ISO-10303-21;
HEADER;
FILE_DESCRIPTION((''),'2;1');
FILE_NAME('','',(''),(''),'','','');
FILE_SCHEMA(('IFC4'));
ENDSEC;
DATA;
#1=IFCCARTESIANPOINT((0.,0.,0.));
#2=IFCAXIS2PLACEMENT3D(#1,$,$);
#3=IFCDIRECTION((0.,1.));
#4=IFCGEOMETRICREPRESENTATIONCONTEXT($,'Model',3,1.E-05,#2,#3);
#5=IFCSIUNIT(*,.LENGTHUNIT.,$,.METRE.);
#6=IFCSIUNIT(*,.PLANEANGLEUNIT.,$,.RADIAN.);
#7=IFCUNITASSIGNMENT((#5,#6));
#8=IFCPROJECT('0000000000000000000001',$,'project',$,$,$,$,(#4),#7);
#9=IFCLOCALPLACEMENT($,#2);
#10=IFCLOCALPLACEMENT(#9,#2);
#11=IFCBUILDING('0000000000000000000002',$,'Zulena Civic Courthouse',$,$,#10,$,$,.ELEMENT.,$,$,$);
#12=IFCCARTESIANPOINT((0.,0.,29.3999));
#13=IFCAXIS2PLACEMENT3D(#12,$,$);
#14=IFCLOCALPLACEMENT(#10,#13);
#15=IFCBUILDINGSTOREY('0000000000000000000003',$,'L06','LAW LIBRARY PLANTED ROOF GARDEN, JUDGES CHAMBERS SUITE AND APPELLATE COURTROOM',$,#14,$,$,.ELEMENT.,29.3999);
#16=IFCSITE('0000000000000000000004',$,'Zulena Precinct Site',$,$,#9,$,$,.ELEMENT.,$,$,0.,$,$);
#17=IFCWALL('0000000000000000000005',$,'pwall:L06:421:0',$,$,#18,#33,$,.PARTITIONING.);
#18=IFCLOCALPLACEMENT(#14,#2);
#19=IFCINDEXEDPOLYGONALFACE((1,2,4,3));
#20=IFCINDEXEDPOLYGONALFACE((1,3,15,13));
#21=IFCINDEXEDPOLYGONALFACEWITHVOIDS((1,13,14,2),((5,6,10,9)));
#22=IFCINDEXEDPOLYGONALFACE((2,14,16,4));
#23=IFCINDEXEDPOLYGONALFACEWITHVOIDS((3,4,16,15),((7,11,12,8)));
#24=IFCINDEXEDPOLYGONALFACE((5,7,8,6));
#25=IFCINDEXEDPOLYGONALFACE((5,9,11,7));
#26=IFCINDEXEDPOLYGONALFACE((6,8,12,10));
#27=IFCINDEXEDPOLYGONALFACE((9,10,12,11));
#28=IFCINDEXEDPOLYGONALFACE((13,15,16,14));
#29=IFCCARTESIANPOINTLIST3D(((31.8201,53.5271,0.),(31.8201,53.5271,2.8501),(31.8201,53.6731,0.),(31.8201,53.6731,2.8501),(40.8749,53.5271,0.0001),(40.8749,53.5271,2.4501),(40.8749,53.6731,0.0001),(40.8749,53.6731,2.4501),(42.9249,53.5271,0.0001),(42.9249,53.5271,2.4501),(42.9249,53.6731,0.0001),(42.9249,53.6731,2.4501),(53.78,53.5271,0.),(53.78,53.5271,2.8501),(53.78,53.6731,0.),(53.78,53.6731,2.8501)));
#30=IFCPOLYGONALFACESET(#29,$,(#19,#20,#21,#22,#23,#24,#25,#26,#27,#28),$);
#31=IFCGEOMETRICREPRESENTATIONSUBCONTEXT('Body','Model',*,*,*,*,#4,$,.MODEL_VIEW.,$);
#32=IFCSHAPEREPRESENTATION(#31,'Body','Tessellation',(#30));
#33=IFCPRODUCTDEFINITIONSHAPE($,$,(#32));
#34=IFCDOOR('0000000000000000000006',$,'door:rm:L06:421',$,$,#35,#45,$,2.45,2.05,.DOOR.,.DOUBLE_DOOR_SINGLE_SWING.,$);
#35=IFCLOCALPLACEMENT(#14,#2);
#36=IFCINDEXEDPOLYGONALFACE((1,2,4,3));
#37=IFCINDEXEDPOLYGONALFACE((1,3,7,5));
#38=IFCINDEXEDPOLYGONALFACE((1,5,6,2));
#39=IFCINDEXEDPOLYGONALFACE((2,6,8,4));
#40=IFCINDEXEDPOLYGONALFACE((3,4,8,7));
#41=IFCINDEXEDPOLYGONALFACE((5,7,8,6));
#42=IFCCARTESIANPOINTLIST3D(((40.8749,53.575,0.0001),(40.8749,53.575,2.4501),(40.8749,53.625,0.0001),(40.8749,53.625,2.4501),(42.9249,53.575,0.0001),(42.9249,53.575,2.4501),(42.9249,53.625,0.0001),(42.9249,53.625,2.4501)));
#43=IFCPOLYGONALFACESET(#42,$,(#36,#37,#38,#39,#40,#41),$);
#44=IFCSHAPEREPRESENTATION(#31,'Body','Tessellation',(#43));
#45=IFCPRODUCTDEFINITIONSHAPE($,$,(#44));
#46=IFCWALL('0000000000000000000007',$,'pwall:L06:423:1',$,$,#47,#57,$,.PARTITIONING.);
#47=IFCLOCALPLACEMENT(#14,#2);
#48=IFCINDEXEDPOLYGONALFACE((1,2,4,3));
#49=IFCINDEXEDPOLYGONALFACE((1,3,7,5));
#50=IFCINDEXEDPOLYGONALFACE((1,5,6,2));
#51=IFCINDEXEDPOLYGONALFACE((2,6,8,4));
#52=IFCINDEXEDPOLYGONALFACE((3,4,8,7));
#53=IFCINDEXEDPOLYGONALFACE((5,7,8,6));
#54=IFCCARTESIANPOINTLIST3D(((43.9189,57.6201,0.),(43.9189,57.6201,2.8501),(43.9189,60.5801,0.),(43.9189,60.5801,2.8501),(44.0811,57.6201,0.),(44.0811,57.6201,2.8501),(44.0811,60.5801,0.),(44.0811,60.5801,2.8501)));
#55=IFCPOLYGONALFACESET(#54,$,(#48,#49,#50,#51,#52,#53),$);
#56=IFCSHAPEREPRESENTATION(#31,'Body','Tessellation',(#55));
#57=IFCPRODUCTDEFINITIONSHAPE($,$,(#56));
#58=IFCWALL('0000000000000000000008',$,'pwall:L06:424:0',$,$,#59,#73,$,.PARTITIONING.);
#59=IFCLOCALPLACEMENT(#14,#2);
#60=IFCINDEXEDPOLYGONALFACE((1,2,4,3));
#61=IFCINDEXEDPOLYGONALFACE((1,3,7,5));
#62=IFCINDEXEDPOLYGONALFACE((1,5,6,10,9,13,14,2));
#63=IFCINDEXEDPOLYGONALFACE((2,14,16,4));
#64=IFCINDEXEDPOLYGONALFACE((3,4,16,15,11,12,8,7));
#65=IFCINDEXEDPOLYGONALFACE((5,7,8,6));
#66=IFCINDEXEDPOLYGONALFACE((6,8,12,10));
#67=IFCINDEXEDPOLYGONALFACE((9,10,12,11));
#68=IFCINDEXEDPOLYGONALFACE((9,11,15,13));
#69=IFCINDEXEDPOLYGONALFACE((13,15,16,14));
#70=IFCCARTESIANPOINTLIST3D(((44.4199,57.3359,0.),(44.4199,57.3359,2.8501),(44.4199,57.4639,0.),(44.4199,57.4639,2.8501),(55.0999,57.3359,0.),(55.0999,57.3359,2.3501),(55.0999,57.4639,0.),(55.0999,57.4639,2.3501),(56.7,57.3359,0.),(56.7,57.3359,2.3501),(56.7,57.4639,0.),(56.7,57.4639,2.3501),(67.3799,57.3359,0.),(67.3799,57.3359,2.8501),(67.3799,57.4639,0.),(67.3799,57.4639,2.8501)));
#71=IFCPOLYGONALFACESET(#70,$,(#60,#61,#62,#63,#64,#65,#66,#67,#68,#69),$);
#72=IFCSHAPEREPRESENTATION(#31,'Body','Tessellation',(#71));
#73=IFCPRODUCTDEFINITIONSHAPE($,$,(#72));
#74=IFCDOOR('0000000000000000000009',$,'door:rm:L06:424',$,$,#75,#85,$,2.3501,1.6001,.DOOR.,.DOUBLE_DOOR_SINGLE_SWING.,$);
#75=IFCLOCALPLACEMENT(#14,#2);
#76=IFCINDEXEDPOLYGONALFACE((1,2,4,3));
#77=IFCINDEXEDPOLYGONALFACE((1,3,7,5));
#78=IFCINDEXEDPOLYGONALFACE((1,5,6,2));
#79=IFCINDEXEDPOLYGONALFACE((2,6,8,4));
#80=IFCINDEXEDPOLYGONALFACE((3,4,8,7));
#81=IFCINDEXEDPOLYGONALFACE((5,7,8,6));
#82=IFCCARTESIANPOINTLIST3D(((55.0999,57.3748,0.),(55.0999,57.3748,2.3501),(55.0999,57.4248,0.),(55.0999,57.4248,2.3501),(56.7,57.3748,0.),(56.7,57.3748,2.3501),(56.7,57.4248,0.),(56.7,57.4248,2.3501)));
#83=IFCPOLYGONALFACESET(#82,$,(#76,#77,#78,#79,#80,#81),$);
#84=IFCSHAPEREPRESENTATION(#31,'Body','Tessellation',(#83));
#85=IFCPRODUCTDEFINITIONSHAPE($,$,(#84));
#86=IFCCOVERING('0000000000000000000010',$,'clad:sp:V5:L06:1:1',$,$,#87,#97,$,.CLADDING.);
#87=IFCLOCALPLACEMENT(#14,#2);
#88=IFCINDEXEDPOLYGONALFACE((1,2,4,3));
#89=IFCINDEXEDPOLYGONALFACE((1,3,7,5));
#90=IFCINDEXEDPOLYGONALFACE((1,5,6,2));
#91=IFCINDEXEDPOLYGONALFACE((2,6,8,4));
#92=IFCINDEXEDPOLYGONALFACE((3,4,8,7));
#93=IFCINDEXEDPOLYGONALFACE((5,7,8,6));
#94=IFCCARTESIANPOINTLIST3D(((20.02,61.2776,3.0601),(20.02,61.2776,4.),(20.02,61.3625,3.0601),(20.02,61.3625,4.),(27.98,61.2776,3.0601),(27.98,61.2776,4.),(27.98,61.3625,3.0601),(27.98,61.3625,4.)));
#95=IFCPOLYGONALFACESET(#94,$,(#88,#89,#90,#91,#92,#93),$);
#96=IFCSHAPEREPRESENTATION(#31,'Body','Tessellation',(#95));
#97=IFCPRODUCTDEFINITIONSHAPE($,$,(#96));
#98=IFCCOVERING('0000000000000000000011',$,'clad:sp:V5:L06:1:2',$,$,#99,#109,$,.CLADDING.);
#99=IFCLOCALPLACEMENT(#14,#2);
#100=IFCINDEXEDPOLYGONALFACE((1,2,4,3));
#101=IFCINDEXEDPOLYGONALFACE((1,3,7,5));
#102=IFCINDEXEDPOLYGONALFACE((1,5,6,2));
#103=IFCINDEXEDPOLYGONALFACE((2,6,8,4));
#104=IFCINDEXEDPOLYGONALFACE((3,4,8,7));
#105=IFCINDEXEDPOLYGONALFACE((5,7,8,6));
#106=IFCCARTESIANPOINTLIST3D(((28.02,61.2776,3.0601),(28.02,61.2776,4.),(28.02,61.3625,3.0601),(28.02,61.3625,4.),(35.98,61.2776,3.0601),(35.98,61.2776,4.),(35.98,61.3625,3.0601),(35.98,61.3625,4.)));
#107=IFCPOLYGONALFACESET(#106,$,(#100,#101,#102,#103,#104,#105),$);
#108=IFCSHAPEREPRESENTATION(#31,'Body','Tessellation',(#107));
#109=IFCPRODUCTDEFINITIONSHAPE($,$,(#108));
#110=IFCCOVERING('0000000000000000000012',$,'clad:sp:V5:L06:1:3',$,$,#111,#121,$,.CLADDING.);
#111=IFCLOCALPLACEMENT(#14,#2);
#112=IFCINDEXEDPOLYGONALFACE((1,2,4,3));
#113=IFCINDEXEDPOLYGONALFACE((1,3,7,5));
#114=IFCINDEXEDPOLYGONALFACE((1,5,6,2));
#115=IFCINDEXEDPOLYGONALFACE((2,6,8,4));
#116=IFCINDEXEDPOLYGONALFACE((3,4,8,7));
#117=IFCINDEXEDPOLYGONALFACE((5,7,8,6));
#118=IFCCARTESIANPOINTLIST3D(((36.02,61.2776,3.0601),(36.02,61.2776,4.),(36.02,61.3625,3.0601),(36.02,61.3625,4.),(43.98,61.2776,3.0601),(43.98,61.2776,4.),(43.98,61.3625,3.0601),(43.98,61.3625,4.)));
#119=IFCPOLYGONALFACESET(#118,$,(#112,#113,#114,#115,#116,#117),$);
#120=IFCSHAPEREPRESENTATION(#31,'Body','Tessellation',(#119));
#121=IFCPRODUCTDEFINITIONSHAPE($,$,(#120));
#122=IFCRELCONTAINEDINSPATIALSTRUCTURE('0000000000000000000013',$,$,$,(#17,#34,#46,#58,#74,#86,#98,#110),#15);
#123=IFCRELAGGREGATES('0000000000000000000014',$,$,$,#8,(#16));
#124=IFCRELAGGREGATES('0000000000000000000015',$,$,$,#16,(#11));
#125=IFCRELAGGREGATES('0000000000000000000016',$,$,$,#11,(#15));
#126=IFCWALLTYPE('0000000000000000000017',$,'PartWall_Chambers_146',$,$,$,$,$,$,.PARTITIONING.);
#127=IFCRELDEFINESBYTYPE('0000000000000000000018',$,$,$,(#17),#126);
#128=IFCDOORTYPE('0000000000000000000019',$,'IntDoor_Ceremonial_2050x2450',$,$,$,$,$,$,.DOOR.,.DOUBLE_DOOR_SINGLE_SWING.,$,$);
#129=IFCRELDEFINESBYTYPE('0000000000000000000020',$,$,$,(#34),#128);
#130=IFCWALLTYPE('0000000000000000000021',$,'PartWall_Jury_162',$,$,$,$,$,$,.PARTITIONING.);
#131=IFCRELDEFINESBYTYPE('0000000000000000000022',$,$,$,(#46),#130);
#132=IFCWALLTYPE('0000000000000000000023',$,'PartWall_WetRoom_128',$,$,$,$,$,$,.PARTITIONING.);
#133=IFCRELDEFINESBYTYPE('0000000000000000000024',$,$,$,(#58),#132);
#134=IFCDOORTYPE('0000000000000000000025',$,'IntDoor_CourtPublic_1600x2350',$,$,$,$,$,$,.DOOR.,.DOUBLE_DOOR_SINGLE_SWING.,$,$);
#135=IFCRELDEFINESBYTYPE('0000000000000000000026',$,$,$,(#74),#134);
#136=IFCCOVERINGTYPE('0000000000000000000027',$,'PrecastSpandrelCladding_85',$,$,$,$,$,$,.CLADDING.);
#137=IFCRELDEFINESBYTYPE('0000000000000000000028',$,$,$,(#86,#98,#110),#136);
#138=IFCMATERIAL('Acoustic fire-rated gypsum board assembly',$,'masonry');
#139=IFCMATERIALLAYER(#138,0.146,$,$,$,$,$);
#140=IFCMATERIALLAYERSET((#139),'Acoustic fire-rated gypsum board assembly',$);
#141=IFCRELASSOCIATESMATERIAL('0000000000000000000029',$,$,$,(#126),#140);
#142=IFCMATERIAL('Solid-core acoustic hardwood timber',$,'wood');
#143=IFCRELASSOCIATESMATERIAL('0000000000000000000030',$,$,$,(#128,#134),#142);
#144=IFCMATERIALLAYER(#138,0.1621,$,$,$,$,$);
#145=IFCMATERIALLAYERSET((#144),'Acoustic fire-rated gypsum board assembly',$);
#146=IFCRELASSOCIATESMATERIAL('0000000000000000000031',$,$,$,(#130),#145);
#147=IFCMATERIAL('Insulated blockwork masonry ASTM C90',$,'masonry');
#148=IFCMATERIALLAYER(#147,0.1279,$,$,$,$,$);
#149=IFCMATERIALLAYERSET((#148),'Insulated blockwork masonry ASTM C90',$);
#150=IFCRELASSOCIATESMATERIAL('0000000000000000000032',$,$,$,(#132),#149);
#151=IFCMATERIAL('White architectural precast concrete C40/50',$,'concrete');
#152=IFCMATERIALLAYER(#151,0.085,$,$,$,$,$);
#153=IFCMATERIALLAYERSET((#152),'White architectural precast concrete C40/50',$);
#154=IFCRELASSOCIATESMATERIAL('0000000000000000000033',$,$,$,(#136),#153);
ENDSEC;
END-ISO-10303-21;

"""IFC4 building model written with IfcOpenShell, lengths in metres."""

from ifc_helpers import new_model, si_unit, direction, frame, frame_2d, origin, origin_2d, place, context, subcontext, project, spatial, rectangle, extrude, material, layer, layer_set, type_object, element, fill, save


model = new_model("IFC4")

# Units and contexts
model_context = context("Model", 3, precision=1e-05, world=origin(), true_north=direction((0.0, 1.0)))
body_context = subcontext(model_context, "Body", "Model", "MODEL_VIEW")
ifc_project = project(units=[si_unit("LENGTHUNIT", "METRE"), si_unit("PLANEANGLEUNIT", "RADIAN")], contexts=[model_context])

# Site, building, storey
site_placement = place(None, origin())
site = spatial("IfcSite", under=ifc_project, at=site_placement, Name="Zulena Precinct Site", CompositionType="ELEMENT", RefElevation=0.0)
building_placement = place(site_placement, origin())
building = spatial("IfcBuilding", under=site, at=building_placement, Name="Zulena Civic Courthouse", CompositionType="ELEMENT")
storey_placement = place(building_placement, frame((0.0, 0.0, 29.3999)))
storey = spatial("IfcBuildingStorey", under=building, at=storey_placement, Name="L06", Description="LAW LIBRARY PLANTED ROOF GARDEN, JUDGES CHAMBERS SUITE AND APPELLATE COURTROOM", CompositionType="ELEMENT", Elevation=29.3999)

# Wall, opening, door
ifc_material_1 = material(Name="Acoustic fire-rated gypsum board assembly", Category="masonry")
ifc_layer_1 = layer(ifc_material_1, 0.146)
ifc_layer_set_1 = layer_set([ifc_layer_1], Name="Acoustic fire-rated gypsum board assembly")
wall_type_1 = type_object("IfcWallType", Name="PartWall_Chambers_146", PredefinedType="PARTITIONING", material=ifc_layer_set_1)
wall_1_placement = place(storey_placement, frame((31.8201, 53.6001, 0.0), z_axis=(0.0, 0.0, 1.0), x_axis=(1.0, 0.0, 0.0)))
wall_1 = element("IfcWall", 1, at=wall_1_placement, inside=storey, type_object=wall_type_1, Name="pwall:L06:421:0", PredefinedType="PARTITIONING", context=body_context, shape_type="SweptSolid", body=[
    extrude(rectangle(XDim=21.96, YDim=0.146, at=frame_2d((10.98, 0.0))), origin(), (0.0, 0.0, 1.0), 2.8501),
])
opening_1_placement = place(wall_1_placement, frame((9.0549, 0.0, 0.0)))
opening_1 = element("IfcOpeningElement", 2, at=opening_1_placement, cuts=wall_1, PredefinedType="OPENING", context=body_context, shape_type="SweptSolid", body=[
    extrude(rectangle(XDim=2.05, YDim=2.45, at=frame_2d((1.0249, 1.2251))), frame((0.0, 0.083, 0.0), z_axis=(0.0, -1.0, 0.0), x_axis=(1.0, 0.0, 0.0)), (0.0, 0.0, 1.0), 0.166),
])
ifc_material_2 = material(Name="Solid-core acoustic hardwood timber", Category="wood")
door_type_1 = type_object("IfcDoorType", Name="IntDoor_Ceremonial_2050x2450", OperationType="DOUBLE_DOOR_SINGLE_SWING", PredefinedType="DOOR", material=ifc_material_2)
door_1_placement = place(opening_1_placement, origin())
door_1 = element("IfcDoor", 3, at=door_1_placement, inside=storey, type_object=door_type_1, Name="door:rm:L06:421", OperationType="DOUBLE_DOOR_SINGLE_SWING", OverallHeight=2.45, OverallWidth=2.05, PredefinedType="DOOR", context=body_context, shape_type="SweptSolid", body=[
    extrude(rectangle(XDim=2.05, YDim=2.45, at=frame_2d((1.0249, 1.2251))), frame((0.0, 0.0249, 0.0), z_axis=(0.0, -1.0, 0.0), x_axis=(1.0, 0.0, 0.0)), (0.0, 0.0, 1.0), 0.05),
])
fill(opening_1, door_1)

# Wall
ifc_layer_2 = layer(ifc_material_1, 0.1621)
ifc_layer_set_2 = layer_set([ifc_layer_2], Name="Acoustic fire-rated gypsum board assembly")
wall_type_2 = type_object("IfcWallType", Name="PartWall_Jury_162", PredefinedType="PARTITIONING", material=ifc_layer_set_2)
wall_2_placement = place(storey_placement, frame((44.0, 57.6201, 0.0), z_axis=(0.0, 0.0, 1.0), x_axis=(0.0, 1.0, 0.0)))
element("IfcWall", 4, at=wall_2_placement, inside=storey, type_object=wall_type_2, Name="pwall:L06:423:1", PredefinedType="PARTITIONING", context=body_context, shape_type="SweptSolid", body=[
    extrude(rectangle(XDim=2.96, YDim=0.1621, at=frame_2d((1.48, 0.0))), origin(), (0.0, 0.0, 1.0), 2.8501),
])

# Wall, opening, door
ifc_material_3 = material(Name="Insulated blockwork masonry ASTM C90", Category="masonry")
ifc_layer_3 = layer(ifc_material_3, 0.1279)
ifc_layer_set_3 = layer_set([ifc_layer_3], Name="Insulated blockwork masonry ASTM C90")
wall_type_3 = type_object("IfcWallType", Name="PartWall_WetRoom_128", PredefinedType="PARTITIONING", material=ifc_layer_set_3)
wall_3_placement = place(storey_placement, frame((44.4199, 57.3999, 0.0), z_axis=(0.0, 0.0, 1.0), x_axis=(1.0, 0.0, 0.0)))
wall_3 = element("IfcWall", 5, at=wall_3_placement, inside=storey, type_object=wall_type_3, Name="pwall:L06:424:0", PredefinedType="PARTITIONING", context=body_context, shape_type="SweptSolid", body=[
    extrude(rectangle(XDim=22.96, YDim=0.1279, at=frame_2d((11.48, 0.0))), origin(), (0.0, 0.0, 1.0), 2.8501),
])
opening_2_placement = place(wall_3_placement, frame((10.6799, 0.0, 0.0)))
opening_2 = element("IfcOpeningElement", 6, at=opening_2_placement, cuts=wall_3, PredefinedType="OPENING", context=body_context, shape_type="SweptSolid", body=[
    extrude(rectangle(XDim=1.6001, YDim=2.3501, at=frame_2d((0.8, 1.175))), frame((0.0, 0.074, 0.0), z_axis=(0.0, -1.0, 0.0), x_axis=(1.0, 0.0, 0.0)), (0.0, 0.0, 1.0), 0.1479),
])
door_type_2 = type_object("IfcDoorType", Name="IntDoor_CourtPublic_1600x2350", OperationType="DOUBLE_DOOR_SINGLE_SWING", PredefinedType="DOOR", material=ifc_material_2)
door_2_placement = place(opening_2_placement, origin())
door_2 = element("IfcDoor", 7, at=door_2_placement, inside=storey, type_object=door_type_2, Name="door:rm:L06:424", OperationType="DOUBLE_DOOR_SINGLE_SWING", OverallHeight=2.3501, OverallWidth=1.6001, PredefinedType="DOOR", context=body_context, shape_type="SweptSolid", body=[
    extrude(rectangle(XDim=1.6001, YDim=2.3501, at=frame_2d((0.8, 1.175))), frame((0.0, 0.0249, 0.0), z_axis=(0.0, -1.0, 0.0), x_axis=(1.0, 0.0, 0.0)), (0.0, 0.0, 1.0), 0.05),
])
fill(opening_2, door_2)

# Coverings
ifc_material_4 = material(Name="White architectural precast concrete C40/50", Category="concrete")
ifc_layer_4 = layer(ifc_material_4, 0.085)
ifc_layer_set_4 = layer_set([ifc_layer_4], Name="White architectural precast concrete C40/50")
covering_type = type_object("IfcCoveringType", Name="PrecastSpandrelCladding_85", PredefinedType="CLADDING", material=ifc_layer_set_4)
for number, where, z_axis, x_axis, name in (
    (8, (24.0, 61.3201, 3.0601), (0.0, 0.0, 1.0), (1.0, 0.0, 0.0), "clad:sp:V5:L06:1:1"),
    (9, (32.0, 61.3201, 3.0601), (0.0, 0.0, 1.0), (1.0, 0.0, 0.0), "clad:sp:V5:L06:1:2"),
    (10, (40.0, 61.3201, 3.0601), (0.0, 0.0, 1.0), (1.0, 0.0, 0.0), "clad:sp:V5:L06:1:3"),
):
    element("IfcCovering", number, at=place(storey_placement, frame(where, z_axis=z_axis, x_axis=x_axis)), inside=storey, type_object=covering_type, Name=name, PredefinedType="CLADDING", context=body_context, shape_type="SweptSolid", body=[
        extrude(rectangle(XDim=7.96, YDim=0.085, at=origin_2d()), origin(), (0.0, 0.0, 1.0), 0.9399),
    ])

save(model, "model.ifc")
